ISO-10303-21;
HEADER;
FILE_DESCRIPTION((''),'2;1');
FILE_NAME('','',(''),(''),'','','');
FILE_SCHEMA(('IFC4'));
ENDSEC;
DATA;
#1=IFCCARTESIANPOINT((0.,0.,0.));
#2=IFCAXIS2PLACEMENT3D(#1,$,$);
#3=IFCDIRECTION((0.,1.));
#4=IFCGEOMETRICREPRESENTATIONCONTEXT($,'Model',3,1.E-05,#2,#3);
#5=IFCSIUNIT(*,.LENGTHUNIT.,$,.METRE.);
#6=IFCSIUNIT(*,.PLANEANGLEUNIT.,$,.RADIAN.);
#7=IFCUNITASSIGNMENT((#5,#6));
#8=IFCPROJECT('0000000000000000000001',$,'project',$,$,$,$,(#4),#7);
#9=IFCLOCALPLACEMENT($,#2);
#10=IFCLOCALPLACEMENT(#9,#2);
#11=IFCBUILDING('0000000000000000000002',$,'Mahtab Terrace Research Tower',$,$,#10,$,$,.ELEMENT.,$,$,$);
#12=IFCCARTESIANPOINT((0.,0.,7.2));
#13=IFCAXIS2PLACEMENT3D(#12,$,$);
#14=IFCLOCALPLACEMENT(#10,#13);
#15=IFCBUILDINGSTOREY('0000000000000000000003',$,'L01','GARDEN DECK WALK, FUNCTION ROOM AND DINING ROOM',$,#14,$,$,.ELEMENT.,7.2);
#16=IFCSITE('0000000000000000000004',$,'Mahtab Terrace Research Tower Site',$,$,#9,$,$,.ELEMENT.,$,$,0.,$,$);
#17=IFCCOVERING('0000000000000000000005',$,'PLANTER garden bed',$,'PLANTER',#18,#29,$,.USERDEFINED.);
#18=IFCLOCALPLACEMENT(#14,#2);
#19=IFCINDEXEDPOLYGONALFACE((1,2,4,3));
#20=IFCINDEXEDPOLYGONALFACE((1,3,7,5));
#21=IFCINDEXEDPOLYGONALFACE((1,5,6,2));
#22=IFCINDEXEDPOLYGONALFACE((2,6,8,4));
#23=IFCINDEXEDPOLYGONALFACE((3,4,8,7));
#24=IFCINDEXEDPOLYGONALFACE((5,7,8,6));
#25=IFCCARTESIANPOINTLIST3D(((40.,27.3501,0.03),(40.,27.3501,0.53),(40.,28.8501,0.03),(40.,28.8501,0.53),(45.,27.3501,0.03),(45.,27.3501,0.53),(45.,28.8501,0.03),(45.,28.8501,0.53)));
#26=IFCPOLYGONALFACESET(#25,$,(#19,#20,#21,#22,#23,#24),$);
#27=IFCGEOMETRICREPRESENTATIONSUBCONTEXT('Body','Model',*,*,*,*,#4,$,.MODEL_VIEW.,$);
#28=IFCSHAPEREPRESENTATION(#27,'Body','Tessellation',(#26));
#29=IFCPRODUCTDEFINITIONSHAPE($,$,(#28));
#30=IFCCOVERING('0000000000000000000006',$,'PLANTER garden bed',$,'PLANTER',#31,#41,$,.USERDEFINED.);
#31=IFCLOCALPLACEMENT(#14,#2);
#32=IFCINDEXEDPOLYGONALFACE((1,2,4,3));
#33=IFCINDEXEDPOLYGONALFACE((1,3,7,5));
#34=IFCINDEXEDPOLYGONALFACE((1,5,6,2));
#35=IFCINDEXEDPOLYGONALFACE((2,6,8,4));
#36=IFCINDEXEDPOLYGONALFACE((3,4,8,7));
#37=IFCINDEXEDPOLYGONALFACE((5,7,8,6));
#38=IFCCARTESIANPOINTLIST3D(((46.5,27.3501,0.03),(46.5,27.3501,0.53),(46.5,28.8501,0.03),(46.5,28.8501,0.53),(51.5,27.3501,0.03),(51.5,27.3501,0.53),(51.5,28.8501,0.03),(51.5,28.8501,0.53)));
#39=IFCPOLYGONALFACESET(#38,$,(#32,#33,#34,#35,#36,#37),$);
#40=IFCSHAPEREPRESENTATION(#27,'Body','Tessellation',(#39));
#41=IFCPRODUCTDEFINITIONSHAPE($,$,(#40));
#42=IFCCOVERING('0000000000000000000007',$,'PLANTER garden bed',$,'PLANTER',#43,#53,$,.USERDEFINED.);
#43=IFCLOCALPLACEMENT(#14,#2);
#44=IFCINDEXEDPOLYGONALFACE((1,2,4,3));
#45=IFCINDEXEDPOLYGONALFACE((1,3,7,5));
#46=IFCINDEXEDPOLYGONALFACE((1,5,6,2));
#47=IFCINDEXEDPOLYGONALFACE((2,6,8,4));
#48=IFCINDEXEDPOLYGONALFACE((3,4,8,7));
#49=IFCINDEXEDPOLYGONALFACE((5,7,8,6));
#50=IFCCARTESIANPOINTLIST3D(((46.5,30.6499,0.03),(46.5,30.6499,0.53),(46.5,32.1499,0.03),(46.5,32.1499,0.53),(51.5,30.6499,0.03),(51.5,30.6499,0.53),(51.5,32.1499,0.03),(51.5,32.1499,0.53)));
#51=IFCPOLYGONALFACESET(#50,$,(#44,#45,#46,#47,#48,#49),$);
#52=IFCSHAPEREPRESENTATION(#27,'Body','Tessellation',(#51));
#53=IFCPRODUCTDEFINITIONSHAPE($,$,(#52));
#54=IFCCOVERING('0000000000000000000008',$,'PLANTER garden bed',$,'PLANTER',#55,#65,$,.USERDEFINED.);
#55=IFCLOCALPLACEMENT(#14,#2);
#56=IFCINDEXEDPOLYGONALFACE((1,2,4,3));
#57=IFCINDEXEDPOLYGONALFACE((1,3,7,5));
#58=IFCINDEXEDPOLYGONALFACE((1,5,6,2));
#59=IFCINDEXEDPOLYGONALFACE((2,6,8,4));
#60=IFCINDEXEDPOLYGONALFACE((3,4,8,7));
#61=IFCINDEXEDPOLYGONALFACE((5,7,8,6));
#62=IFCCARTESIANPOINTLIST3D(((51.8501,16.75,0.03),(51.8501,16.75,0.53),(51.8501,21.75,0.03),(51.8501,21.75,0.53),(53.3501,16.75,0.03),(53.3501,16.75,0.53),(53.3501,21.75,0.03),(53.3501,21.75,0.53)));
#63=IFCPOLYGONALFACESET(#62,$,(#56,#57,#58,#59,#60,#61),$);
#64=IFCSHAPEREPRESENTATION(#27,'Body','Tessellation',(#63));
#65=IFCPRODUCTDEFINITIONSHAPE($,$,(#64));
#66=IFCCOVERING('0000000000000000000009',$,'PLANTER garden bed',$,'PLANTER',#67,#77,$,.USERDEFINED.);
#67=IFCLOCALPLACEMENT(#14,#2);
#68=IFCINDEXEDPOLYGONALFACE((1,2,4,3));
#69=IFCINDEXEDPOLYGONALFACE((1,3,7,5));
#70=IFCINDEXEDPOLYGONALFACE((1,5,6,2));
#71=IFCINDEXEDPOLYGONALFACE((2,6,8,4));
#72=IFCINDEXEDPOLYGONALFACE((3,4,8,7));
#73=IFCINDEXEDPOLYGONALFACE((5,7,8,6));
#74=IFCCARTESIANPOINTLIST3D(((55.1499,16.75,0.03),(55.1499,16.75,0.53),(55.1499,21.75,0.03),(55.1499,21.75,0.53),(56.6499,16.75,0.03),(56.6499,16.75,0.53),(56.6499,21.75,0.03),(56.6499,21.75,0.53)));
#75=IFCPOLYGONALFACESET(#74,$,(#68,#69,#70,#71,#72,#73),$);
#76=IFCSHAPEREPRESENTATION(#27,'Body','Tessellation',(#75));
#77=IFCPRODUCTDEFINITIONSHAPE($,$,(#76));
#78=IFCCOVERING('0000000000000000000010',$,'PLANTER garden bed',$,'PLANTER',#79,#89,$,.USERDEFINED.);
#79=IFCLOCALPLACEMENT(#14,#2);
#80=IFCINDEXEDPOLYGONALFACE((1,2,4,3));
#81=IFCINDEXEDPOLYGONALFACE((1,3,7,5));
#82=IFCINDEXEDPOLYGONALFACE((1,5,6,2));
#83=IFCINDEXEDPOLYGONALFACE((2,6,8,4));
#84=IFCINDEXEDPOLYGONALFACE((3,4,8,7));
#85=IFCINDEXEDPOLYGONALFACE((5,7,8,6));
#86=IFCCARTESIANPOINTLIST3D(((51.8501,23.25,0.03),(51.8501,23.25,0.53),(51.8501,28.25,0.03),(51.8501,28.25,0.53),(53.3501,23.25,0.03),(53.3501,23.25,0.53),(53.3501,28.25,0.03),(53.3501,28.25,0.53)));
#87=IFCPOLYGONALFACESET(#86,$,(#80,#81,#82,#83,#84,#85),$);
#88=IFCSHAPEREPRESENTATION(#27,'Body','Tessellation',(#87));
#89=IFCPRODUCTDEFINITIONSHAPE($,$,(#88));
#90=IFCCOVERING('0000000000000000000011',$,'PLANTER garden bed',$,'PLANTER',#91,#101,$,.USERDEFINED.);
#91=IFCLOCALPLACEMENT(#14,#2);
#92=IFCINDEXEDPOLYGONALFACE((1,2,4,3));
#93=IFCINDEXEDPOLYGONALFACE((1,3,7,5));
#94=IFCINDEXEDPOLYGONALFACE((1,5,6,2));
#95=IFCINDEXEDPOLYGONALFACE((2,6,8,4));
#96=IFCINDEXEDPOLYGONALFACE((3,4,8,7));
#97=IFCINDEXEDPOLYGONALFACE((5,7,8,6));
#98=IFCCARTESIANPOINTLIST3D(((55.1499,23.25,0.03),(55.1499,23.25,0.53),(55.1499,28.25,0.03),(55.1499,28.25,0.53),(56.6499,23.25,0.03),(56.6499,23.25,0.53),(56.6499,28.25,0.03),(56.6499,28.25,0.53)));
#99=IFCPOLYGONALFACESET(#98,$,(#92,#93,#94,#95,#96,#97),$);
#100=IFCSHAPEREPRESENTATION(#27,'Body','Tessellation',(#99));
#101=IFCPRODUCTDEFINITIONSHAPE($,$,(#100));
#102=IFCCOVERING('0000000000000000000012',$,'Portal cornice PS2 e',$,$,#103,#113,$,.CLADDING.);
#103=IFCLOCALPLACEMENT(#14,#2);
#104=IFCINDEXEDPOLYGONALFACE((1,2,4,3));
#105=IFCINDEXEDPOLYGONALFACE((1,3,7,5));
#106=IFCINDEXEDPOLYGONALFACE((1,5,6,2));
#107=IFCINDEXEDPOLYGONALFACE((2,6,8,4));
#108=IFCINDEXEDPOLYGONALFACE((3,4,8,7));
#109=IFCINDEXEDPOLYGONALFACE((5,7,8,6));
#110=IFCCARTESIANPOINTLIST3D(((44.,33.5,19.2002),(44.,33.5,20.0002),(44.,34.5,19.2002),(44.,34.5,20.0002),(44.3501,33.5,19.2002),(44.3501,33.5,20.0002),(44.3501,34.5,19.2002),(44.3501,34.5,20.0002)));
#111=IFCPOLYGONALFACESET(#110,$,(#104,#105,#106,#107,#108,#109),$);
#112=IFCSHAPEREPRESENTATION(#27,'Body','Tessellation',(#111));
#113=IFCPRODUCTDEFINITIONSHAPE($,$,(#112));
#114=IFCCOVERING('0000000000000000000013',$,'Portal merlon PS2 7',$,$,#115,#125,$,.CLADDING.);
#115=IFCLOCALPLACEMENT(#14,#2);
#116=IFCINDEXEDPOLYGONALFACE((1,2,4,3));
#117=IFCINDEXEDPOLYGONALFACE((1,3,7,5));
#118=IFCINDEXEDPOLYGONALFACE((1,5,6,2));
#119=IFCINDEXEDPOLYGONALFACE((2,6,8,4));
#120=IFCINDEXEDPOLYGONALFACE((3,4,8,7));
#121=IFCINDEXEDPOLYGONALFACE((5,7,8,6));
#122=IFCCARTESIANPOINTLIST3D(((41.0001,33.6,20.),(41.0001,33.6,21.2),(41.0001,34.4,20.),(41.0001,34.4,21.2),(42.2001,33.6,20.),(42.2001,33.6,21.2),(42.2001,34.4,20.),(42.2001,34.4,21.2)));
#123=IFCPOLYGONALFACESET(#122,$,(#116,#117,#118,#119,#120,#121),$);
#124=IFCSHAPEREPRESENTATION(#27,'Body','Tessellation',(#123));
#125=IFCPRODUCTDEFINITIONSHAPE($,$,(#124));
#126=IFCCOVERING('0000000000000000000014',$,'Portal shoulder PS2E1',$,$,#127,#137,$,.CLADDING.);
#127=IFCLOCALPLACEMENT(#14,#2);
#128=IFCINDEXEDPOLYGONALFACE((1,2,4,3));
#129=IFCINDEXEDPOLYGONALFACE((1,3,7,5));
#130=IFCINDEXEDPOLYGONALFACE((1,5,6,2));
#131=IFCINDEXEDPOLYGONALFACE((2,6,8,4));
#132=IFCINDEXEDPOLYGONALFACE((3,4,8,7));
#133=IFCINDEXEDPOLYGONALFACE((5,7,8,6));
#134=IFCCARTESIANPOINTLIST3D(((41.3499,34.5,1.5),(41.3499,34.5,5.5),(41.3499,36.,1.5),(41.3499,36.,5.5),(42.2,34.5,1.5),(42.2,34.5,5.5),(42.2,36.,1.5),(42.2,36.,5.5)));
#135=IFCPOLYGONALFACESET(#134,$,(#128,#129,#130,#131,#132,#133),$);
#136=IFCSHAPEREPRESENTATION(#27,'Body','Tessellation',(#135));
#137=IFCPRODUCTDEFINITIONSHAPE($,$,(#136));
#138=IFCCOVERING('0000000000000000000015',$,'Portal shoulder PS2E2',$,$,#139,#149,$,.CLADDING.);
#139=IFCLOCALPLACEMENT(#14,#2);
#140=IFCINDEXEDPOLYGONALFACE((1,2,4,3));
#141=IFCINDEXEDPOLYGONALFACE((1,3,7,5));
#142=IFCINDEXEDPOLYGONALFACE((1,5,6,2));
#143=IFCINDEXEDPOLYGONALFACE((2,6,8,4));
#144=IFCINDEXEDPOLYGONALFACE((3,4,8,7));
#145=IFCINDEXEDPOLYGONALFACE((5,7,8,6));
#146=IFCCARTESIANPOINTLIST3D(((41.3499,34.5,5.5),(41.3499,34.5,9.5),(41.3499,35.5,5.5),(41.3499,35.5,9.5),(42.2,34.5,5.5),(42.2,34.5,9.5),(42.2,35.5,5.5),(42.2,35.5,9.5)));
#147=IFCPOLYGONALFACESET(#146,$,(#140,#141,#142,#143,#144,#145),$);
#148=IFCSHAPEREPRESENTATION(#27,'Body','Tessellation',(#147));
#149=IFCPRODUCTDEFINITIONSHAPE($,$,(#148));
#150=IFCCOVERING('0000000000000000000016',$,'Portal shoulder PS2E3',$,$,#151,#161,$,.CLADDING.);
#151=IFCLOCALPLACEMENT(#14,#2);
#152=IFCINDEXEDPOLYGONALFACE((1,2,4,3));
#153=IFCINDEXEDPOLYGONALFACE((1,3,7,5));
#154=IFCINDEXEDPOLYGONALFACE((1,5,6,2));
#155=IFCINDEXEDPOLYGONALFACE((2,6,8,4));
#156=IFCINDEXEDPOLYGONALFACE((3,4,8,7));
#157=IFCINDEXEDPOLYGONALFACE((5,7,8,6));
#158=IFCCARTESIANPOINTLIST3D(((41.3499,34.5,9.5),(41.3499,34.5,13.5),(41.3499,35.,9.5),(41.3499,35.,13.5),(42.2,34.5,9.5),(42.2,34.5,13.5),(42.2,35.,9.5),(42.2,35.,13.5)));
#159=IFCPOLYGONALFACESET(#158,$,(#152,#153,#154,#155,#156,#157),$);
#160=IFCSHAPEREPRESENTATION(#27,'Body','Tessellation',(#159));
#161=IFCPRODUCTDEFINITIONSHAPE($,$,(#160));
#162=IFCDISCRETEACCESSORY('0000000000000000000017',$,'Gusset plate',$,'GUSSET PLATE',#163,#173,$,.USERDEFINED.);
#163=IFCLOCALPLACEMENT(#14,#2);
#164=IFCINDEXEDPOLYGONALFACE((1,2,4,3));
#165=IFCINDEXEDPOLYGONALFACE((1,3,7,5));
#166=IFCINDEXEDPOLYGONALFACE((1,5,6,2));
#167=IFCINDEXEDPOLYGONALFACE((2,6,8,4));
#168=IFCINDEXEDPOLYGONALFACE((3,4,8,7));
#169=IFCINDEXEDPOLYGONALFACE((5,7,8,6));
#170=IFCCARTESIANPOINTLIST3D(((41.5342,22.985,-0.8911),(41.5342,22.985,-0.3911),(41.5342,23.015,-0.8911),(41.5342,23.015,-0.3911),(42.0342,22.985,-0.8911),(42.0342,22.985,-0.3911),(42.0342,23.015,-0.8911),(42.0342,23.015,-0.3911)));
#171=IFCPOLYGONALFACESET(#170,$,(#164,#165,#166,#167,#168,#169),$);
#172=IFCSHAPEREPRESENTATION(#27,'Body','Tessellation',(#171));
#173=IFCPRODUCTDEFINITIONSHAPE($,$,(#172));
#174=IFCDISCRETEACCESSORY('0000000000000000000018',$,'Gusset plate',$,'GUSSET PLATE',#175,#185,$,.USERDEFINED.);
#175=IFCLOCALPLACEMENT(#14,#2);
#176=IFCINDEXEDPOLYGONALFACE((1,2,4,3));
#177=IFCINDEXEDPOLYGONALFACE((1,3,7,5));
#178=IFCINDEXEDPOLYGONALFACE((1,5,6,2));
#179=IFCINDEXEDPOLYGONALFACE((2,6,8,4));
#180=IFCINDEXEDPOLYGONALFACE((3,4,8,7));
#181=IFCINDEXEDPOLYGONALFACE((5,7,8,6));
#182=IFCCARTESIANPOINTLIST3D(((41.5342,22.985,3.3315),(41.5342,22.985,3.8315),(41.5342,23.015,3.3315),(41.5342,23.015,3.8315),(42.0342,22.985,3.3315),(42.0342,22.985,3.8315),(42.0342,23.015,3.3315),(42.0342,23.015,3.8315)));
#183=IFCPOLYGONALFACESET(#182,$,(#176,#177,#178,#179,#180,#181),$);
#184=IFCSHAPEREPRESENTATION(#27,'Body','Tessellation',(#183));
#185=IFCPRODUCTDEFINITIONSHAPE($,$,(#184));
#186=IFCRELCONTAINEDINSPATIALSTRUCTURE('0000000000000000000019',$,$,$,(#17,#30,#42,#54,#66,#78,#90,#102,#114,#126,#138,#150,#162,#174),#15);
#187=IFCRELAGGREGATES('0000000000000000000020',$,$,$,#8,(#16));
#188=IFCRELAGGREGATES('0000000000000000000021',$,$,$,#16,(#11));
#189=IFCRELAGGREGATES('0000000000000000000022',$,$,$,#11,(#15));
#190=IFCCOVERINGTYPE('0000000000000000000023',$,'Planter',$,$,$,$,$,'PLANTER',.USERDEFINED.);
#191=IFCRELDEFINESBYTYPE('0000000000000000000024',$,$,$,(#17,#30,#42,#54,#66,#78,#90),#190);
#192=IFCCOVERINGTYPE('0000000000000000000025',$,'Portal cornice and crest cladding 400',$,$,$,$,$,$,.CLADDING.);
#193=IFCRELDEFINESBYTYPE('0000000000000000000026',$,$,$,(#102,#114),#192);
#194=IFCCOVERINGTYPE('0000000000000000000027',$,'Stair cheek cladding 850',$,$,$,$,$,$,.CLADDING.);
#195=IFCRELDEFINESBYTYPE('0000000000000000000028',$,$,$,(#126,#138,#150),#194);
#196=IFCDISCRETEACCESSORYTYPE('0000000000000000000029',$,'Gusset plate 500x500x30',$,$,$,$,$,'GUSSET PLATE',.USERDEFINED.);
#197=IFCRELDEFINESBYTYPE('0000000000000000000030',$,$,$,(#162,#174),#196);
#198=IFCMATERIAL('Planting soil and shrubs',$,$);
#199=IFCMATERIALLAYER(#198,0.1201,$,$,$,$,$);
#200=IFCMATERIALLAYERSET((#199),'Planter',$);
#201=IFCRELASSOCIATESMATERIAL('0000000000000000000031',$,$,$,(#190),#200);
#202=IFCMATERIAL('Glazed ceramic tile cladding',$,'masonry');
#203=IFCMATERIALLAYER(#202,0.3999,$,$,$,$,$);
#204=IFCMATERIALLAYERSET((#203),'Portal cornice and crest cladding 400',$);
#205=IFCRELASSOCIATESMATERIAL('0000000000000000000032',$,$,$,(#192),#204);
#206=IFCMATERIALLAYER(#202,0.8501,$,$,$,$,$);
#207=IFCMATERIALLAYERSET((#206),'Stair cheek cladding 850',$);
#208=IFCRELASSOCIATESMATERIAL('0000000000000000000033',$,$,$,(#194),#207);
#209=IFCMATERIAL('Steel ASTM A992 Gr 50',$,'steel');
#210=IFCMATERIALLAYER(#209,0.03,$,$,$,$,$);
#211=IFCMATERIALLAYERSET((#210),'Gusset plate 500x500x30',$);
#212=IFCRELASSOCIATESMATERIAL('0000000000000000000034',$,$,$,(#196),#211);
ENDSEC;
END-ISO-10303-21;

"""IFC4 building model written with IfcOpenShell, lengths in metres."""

from ifc_helpers import new_model, si_unit, direction, frame, origin, origin_2d, place, context, subcontext, project, spatial, rectangle, extrude, material, layer, layer_set, type_object, element, save


model = new_model("IFC4")

# Units and contexts
model_context = context("Model", 3, precision=1e-05, world=origin(), true_north=direction((0.0, 1.0)))
body_context = subcontext(model_context, "Body", "Model", "MODEL_VIEW")
ifc_project = project(units=[si_unit("LENGTHUNIT", "METRE"), si_unit("PLANEANGLEUNIT", "RADIAN")], contexts=[model_context])

# Site, building, storey
site_placement = place(None, origin())
site = spatial("IfcSite", under=ifc_project, at=site_placement, Name="Mahtab Terrace Research Tower Site", CompositionType="ELEMENT", RefElevation=0.0)
building_placement = place(site_placement, origin())
building = spatial("IfcBuilding", under=site, at=building_placement, Name="Mahtab Terrace Research Tower", CompositionType="ELEMENT")
storey_placement = place(building_placement, frame((0.0, 0.0, 7.2)))
storey = spatial("IfcBuildingStorey", under=building, at=storey_placement, Name="L01", Description="GARDEN DECK WALK, FUNCTION ROOM AND DINING ROOM", CompositionType="ELEMENT", Elevation=7.2)

# Shared definitions
ifc_material_1 = material(Name="Steel ASTM A992 Gr 50", Category="steel")

# Coverings
ifc_material_2 = material(Name="Planting soil and shrubs")
ifc_layer_1 = layer(ifc_material_2, 0.1201)
ifc_layer_set_1 = layer_set([ifc_layer_1], Name="Planter")
covering_type_1 = type_object("IfcCoveringType", Name="Planter", ElementType="PLANTER", PredefinedType="USERDEFINED", material=ifc_layer_set_1)
for number, where, z_axis, x_axis, name in (
    (1, (42.5, 28.1001, 0.03), (0.0, 0.0, 1.0), (1.0, 0.0, 0.0), "PLANTER garden bed"),
    (2, (49.0, 28.1001, 0.03), (0.0, 0.0, 1.0), (1.0, 0.0, 0.0), "PLANTER garden bed"),
    (3, (49.0, 31.3999, 0.03), (0.0, 0.0, 1.0), (1.0, 0.0, 0.0), "PLANTER garden bed"),
):
    element("IfcCovering", number, at=place(storey_placement, frame(where, z_axis=z_axis, x_axis=x_axis)), inside=storey, type_object=covering_type_1, Name=name, ObjectType="PLANTER", PredefinedType="USERDEFINED", context=body_context, shape_type="SweptSolid", body=[
        extrude(rectangle(XDim=5.0, YDim=1.5, at=origin_2d()), origin(), (0.0, 0.0, 1.0), 0.5),
    ])
for number, where, z_axis, x_axis, name in (
    (4, (52.6001, 19.25, 0.03), (0.0, 0.0, 1.0), (1.0, 0.0, 0.0), "PLANTER garden bed"),
    (5, (55.8999, 19.25, 0.03), (0.0, 0.0, 1.0), (1.0, 0.0, 0.0), "PLANTER garden bed"),
    (6, (52.6001, 25.75, 0.03), (0.0, 0.0, 1.0), (1.0, 0.0, 0.0), "PLANTER garden bed"),
    (7, (55.8999, 25.75, 0.03), (0.0, 0.0, 1.0), (1.0, 0.0, 0.0), "PLANTER garden bed"),
):
    element("IfcCovering", number, at=place(storey_placement, frame(where, z_axis=z_axis, x_axis=x_axis)), inside=storey, type_object=covering_type_1, Name=name, ObjectType="PLANTER", PredefinedType="USERDEFINED", context=body_context, shape_type="SweptSolid", body=[
        extrude(rectangle(XDim=1.5, YDim=5.0, at=origin_2d()), origin(), (0.0, 0.0, 1.0), 0.5),
    ])
ifc_material_3 = material(Name="Glazed ceramic tile cladding", Category="masonry")
ifc_layer_2 = layer(ifc_material_3, 0.3999)
ifc_layer_set_2 = layer_set([ifc_layer_2], Name="Portal cornice and crest cladding 400")
covering_type_2 = type_object("IfcCoveringType", Name="Portal cornice and crest cladding 400", PredefinedType="CLADDING", material=ifc_layer_set_2)
covering_1_placement = place(storey_placement, frame((44.175, 34.0, 19.2002), z_axis=(0.0, 0.0, 1.0), x_axis=(1.0, 0.0, 0.0)))
element("IfcCovering", 8, at=covering_1_placement, inside=storey, type_object=covering_type_2, Name="Portal cornice PS2 e", PredefinedType="CLADDING", context=body_context, shape_type="SweptSolid", body=[
    extrude(rectangle(XDim=0.3501, YDim=1.0, at=origin_2d()), origin(), (0.0, 0.0, 1.0), 0.8),
])
covering_2_placement = place(storey_placement, frame((41.6001, 34.0, 20.0), z_axis=(0.0, 0.0, 1.0), x_axis=(1.0, 0.0, 0.0)))
element("IfcCovering", 9, at=covering_2_placement, inside=storey, type_object=covering_type_2, Name="Portal merlon PS2 7", PredefinedType="CLADDING", context=body_context, shape_type="SweptSolid", body=[
    extrude(rectangle(XDim=1.2, YDim=0.8, at=origin_2d()), origin(), (0.0, 0.0, 1.0), 1.2),
])
ifc_layer_3 = layer(ifc_material_3, 0.8501)
ifc_layer_set_3 = layer_set([ifc_layer_3], Name="Stair cheek cladding 850")
covering_type_3 = type_object("IfcCoveringType", Name="Stair cheek cladding 850", PredefinedType="CLADDING", material=ifc_layer_set_3)
covering_3_placement = place(storey_placement, frame((41.7749, 35.25, 1.5), z_axis=(0.0, 0.0, 1.0), x_axis=(1.0, 0.0, 0.0)))
element("IfcCovering", 10, at=covering_3_placement, inside=storey, type_object=covering_type_3, Name="Portal shoulder PS2E1", PredefinedType="CLADDING", context=body_context, shape_type="SweptSolid", body=[
    extrude(rectangle(XDim=0.8501, YDim=1.5, at=origin_2d()), origin(), (0.0, 0.0, 1.0), 4.0),
])
covering_4_placement = place(storey_placement, frame((41.7749, 35.0, 5.5), z_axis=(0.0, 0.0, 1.0), x_axis=(1.0, 0.0, 0.0)))
element("IfcCovering", 11, at=covering_4_placement, inside=storey, type_object=covering_type_3, Name="Portal shoulder PS2E2", PredefinedType="CLADDING", context=body_context, shape_type="SweptSolid", body=[
    extrude(rectangle(XDim=0.8501, YDim=1.0, at=origin_2d()), origin(), (0.0, 0.0, 1.0), 4.0),
])
covering_5_placement = place(storey_placement, frame((41.7749, 34.75, 9.5), z_axis=(0.0, 0.0, 1.0), x_axis=(1.0, 0.0, 0.0)))
element("IfcCovering", 12, at=covering_5_placement, inside=storey, type_object=covering_type_3, Name="Portal shoulder PS2E3", PredefinedType="CLADDING", context=body_context, shape_type="SweptSolid", body=[
    extrude(rectangle(XDim=0.8501, YDim=0.5, at=origin_2d()), origin(), (0.0, 0.0, 1.0), 4.0),
])

# Discrete accessories
ifc_layer_4 = layer(ifc_material_1, 0.03)
ifc_layer_set_4 = layer_set([ifc_layer_4], Name="Gusset plate 500x500x30")
discrete_accessory_type = type_object("IfcDiscreteAccessoryType", Name="Gusset plate 500x500x30", ElementType="GUSSET PLATE", PredefinedType="USERDEFINED", material=ifc_layer_set_4)
for number, where, z_axis, x_axis, name in (
    (13, (41.7842, 23.0, -0.8911), (0.0, 0.0, 1.0), (1.0, 0.0, 0.0), "Gusset plate"),
    (14, (41.7842, 23.0, 3.3315), (0.0, 0.0, 1.0), (1.0, 0.0, 0.0), "Gusset plate"),
):
    element("IfcDiscreteAccessory", number, at=place(storey_placement, frame(where, z_axis=z_axis, x_axis=x_axis)), inside=storey, type_object=discrete_accessory_type, Name=name, ObjectType="GUSSET PLATE", PredefinedType="USERDEFINED", context=body_context, shape_type="SweptSolid", body=[
        extrude(rectangle(XDim=0.5, YDim=0.03, at=origin_2d()), origin(), (0.0, 0.0, 1.0), 0.5),
    ])

save(model, "model.ifc")
